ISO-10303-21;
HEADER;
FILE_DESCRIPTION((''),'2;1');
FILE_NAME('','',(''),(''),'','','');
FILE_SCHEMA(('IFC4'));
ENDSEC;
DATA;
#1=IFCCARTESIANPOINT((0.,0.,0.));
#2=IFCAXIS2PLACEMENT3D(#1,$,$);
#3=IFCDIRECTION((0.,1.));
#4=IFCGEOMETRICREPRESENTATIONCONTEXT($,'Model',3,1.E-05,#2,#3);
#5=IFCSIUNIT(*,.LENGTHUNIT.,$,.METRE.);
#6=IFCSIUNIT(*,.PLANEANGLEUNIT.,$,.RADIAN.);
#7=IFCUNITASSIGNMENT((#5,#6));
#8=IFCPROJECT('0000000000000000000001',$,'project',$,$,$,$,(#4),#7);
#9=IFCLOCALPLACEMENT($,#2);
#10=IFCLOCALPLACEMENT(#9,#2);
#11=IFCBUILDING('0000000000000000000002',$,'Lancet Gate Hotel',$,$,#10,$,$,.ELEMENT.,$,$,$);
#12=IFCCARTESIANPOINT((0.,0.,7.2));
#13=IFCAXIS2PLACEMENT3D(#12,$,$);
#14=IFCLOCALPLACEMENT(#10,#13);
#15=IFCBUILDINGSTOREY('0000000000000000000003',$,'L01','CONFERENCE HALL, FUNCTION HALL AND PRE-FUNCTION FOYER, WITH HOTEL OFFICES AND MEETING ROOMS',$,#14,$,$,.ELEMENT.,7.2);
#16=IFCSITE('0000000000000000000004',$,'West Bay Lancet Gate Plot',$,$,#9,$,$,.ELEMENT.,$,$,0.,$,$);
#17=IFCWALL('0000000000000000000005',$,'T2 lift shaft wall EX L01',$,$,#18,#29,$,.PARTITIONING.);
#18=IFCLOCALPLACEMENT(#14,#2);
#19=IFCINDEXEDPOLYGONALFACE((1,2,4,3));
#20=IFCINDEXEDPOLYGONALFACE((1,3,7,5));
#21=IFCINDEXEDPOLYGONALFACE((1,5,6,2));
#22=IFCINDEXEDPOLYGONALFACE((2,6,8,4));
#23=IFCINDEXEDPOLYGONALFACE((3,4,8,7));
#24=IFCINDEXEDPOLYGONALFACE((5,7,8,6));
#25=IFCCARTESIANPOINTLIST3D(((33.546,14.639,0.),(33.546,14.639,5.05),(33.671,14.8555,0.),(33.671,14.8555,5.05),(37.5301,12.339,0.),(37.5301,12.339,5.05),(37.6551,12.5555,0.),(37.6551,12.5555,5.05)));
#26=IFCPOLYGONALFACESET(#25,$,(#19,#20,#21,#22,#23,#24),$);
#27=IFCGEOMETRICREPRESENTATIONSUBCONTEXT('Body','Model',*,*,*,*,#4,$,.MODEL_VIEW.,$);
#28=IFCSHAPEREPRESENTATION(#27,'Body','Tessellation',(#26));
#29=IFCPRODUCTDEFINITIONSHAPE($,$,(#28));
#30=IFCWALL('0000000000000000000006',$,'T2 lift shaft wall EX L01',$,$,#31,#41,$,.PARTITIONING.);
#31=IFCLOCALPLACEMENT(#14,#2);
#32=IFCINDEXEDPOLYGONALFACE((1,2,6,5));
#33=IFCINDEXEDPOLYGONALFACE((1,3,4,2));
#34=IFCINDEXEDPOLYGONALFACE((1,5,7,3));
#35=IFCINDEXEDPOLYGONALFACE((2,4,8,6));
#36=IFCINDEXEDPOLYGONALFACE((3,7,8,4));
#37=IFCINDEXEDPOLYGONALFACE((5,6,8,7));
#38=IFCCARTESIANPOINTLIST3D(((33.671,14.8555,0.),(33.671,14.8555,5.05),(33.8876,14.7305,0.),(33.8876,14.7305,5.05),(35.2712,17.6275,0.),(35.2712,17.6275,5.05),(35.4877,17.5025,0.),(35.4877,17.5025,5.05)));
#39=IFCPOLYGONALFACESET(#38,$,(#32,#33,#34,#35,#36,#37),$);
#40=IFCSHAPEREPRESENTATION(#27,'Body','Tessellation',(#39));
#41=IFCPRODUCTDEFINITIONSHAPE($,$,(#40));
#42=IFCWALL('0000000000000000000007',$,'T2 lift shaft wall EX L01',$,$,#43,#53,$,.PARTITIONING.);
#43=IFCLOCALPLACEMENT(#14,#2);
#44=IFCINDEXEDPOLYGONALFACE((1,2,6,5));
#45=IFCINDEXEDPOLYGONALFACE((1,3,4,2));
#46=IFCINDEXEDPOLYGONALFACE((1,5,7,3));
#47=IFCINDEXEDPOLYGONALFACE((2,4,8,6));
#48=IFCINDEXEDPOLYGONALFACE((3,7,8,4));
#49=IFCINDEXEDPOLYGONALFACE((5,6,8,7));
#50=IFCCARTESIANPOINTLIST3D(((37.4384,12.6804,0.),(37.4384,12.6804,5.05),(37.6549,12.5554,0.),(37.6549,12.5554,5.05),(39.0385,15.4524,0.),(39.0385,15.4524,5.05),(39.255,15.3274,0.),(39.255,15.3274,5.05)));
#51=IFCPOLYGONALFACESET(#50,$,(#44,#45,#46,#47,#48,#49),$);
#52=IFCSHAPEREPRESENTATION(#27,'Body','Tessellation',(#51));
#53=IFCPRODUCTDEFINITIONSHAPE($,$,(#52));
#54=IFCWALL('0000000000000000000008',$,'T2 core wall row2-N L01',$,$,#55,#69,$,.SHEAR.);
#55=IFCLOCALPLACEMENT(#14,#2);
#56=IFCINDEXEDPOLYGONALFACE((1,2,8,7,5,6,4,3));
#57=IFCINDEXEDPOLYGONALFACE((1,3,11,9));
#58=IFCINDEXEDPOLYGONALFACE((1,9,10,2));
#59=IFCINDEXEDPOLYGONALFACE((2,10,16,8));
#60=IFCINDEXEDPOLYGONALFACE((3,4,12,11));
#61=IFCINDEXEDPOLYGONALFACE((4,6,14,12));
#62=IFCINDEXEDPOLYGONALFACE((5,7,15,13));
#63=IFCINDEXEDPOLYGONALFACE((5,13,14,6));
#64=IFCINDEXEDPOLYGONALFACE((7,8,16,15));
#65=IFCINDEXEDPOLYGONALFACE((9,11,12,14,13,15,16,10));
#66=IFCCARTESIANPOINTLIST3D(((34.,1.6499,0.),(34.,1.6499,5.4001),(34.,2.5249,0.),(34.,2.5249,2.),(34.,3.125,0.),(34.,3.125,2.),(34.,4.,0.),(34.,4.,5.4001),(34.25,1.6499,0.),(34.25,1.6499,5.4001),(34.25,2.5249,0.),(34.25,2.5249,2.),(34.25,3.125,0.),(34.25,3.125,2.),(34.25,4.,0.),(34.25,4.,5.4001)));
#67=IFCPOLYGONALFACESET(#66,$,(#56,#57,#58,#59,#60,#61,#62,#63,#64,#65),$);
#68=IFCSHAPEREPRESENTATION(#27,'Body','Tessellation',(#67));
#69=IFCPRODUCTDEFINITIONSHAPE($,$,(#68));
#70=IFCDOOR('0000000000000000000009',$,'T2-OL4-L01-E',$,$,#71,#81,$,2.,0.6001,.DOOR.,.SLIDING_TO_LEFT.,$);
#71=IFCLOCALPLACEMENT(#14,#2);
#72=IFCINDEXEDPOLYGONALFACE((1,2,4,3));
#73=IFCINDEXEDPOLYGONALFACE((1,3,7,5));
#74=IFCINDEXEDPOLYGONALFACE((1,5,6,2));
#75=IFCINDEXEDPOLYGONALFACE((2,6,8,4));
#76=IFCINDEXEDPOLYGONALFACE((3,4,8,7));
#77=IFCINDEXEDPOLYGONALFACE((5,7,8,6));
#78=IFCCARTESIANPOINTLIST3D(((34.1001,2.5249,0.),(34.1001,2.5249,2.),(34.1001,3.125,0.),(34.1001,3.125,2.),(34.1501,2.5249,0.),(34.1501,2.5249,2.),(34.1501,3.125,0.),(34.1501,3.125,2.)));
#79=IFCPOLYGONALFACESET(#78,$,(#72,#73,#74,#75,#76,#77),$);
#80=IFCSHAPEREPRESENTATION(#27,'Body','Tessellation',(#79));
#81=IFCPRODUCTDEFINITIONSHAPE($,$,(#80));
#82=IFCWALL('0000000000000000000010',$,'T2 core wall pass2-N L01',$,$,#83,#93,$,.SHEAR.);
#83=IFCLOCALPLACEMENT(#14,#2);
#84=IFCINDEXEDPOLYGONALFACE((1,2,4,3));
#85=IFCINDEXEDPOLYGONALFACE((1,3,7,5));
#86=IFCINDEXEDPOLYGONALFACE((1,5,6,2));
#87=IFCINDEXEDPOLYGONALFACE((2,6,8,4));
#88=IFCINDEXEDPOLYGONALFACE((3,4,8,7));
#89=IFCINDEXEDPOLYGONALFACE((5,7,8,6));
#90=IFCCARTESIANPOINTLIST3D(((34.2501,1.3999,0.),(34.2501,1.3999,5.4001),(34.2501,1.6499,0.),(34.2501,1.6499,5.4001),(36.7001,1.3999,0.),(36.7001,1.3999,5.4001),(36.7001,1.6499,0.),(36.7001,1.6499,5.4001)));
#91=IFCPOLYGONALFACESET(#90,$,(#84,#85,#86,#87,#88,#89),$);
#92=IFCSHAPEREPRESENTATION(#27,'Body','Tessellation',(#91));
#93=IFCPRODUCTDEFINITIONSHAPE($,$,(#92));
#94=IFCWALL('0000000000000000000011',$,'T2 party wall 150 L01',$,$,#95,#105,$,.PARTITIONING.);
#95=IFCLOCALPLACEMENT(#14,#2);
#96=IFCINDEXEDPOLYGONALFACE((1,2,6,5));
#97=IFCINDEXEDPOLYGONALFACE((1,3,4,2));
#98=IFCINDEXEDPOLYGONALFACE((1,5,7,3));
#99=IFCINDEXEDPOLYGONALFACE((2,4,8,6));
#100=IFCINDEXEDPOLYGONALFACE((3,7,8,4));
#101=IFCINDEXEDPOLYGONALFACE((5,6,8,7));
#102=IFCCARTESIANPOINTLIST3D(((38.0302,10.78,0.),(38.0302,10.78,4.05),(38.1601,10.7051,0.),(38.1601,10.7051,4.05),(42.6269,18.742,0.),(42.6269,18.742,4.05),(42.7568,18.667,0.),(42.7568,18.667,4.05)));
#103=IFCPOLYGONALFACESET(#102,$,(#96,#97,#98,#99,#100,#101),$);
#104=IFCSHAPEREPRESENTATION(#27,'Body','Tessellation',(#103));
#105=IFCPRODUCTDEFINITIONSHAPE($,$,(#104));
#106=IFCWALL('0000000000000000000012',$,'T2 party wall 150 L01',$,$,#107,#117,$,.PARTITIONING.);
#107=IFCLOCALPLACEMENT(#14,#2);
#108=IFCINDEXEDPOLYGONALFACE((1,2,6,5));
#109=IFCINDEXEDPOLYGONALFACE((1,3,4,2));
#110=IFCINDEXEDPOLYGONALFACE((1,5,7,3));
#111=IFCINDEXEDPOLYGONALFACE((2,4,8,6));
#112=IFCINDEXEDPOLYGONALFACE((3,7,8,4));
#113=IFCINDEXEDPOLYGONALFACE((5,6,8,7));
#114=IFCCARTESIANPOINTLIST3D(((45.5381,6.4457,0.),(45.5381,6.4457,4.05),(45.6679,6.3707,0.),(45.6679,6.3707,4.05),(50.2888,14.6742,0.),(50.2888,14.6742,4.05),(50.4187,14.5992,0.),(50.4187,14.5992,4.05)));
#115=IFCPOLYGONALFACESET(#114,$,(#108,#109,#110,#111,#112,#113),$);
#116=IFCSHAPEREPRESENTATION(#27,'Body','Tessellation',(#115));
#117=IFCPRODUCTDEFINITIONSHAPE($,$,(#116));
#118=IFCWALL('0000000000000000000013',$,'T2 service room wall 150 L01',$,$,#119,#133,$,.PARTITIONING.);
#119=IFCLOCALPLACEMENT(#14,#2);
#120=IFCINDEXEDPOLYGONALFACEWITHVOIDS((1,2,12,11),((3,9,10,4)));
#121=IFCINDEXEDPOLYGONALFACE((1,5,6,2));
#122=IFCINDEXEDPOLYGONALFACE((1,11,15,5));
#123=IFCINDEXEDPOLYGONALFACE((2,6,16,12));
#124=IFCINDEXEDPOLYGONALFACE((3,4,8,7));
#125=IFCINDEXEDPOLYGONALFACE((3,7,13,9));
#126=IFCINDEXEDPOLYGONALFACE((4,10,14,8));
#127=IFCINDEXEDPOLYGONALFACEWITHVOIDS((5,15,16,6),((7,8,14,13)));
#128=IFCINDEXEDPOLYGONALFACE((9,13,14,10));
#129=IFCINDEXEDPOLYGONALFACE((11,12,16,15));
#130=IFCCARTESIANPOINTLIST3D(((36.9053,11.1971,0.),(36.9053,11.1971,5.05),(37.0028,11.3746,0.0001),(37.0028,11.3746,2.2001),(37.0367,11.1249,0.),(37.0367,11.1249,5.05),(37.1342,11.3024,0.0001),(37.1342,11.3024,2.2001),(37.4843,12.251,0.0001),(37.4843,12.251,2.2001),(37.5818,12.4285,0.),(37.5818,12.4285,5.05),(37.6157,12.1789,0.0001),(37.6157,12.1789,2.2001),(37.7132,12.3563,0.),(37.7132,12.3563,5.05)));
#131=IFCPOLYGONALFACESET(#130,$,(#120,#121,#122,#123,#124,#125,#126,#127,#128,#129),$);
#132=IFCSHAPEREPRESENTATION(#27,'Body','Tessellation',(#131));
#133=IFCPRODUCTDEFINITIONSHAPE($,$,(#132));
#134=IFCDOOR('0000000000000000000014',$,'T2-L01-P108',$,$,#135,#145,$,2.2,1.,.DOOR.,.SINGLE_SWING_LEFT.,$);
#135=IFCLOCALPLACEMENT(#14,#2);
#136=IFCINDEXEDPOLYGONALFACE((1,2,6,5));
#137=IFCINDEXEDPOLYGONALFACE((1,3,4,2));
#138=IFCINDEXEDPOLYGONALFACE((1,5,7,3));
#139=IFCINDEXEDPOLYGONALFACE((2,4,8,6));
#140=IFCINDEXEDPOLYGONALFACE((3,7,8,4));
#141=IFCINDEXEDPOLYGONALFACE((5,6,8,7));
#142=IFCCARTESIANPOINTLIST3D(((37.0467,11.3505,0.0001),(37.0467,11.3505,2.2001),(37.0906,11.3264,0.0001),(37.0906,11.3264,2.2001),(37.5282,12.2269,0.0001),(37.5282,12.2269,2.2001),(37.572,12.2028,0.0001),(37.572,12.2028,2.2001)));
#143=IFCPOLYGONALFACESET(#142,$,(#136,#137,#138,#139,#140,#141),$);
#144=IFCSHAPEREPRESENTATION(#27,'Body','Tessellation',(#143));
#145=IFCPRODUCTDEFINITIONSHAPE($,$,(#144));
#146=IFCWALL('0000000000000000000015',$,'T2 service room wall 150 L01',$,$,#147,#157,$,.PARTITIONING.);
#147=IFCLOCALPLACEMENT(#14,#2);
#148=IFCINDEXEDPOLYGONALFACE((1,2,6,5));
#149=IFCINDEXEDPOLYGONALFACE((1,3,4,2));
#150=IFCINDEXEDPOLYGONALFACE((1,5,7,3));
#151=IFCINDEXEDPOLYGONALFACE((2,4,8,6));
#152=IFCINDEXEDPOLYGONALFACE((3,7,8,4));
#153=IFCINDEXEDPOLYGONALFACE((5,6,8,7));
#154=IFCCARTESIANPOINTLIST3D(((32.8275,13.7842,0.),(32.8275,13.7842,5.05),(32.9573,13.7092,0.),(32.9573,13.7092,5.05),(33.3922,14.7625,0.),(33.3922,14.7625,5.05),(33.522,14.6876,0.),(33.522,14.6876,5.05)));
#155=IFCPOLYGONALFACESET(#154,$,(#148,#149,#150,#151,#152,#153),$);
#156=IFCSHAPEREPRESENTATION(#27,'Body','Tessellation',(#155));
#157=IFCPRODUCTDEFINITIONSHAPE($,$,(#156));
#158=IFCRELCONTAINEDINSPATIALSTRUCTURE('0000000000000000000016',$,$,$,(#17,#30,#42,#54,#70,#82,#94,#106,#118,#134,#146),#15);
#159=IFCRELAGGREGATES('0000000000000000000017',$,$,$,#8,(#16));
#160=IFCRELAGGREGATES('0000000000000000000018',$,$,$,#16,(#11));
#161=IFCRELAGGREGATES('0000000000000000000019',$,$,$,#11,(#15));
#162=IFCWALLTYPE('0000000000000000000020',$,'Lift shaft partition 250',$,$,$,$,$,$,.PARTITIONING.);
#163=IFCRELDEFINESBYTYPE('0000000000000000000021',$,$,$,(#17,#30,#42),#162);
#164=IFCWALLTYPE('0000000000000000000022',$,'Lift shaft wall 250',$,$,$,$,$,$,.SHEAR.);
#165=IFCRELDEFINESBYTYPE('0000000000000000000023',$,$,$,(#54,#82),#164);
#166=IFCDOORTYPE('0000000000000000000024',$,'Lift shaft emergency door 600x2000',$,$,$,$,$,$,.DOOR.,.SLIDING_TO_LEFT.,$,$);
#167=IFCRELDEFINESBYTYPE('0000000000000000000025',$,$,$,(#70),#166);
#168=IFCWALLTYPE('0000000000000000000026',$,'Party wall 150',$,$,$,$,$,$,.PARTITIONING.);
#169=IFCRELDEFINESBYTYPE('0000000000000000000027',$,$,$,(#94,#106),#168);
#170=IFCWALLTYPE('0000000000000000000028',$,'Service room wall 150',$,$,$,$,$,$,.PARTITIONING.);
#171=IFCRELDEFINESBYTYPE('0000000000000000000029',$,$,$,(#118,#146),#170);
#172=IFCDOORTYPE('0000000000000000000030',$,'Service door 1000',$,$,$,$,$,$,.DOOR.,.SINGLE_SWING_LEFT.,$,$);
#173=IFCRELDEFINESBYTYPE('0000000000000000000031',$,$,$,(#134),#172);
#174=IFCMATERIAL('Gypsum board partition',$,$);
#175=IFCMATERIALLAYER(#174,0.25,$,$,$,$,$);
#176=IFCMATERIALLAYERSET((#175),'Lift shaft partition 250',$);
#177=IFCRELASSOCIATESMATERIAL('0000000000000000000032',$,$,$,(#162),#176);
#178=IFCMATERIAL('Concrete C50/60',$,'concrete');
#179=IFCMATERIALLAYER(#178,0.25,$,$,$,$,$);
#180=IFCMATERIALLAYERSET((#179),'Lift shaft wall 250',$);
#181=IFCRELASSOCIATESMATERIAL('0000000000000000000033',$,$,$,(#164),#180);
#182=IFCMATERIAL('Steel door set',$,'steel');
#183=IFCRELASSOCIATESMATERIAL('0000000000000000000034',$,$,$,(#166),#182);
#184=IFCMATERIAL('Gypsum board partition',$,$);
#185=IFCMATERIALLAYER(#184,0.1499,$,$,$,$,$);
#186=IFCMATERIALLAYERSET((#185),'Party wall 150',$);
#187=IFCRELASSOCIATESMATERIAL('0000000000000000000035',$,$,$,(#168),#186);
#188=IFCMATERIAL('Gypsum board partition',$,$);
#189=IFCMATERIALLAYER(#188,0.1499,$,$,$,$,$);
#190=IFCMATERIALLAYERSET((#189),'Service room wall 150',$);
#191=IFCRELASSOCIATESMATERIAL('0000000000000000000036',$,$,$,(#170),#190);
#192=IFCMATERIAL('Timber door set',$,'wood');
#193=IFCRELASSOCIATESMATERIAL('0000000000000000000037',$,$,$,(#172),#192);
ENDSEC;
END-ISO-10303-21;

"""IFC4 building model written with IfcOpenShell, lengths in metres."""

from ifc_helpers import new_model, si_unit, direction, frame, frame_2d, origin, place, context, subcontext, project, spatial, rectangle, extrude, material, layer, layer_set, type_object, element, fill, save


model = new_model("IFC4")

# Units and contexts
model_context = context("Model", 3, precision=1e-05, world=origin(), true_north=direction((0.0, 1.0)))
body_context = subcontext(model_context, "Body", "Model", "MODEL_VIEW")
ifc_project = project(units=[si_unit("LENGTHUNIT", "METRE"), si_unit("PLANEANGLEUNIT", "RADIAN")], contexts=[model_context])

# Site, building, storey
site_placement = place(None, origin())
site = spatial("IfcSite", under=ifc_project, at=site_placement, Name="West Bay Lancet Gate Plot", CompositionType="ELEMENT", RefElevation=0.0)
building_placement = place(site_placement, origin())
building = spatial("IfcBuilding", under=site, at=building_placement, Name="Lancet Gate Hotel", CompositionType="ELEMENT")
storey_placement = place(building_placement, frame((0.0, 0.0, 7.2)))
storey = spatial("IfcBuildingStorey", under=building, at=storey_placement, Name="L01", Description="CONFERENCE HALL, FUNCTION HALL AND PRE-FUNCTION FOYER, WITH HOTEL OFFICES AND MEETING ROOMS", CompositionType="ELEMENT", Elevation=7.2)

# Walls
ifc_material_1 = material(Name="Gypsum board partition")
ifc_layer_1 = layer(ifc_material_1, 0.25)
ifc_layer_set_1 = layer_set([ifc_layer_1], Name="Lift shaft partition 250")
wall_type_1 = type_object("IfcWallType", Name="Lift shaft partition 250", PredefinedType="PARTITIONING", material=ifc_layer_set_1)
wall_1_placement = place(storey_placement, frame((33.6084, 14.7473, 0.0), z_axis=(0.0, 0.0, 1.0), x_axis=(0.866043, -0.499969, 0.0)))
element("IfcWall", 1, at=wall_1_placement, inside=storey, type_object=wall_type_1, Name="T2 lift shaft wall EX L01", PredefinedType="PARTITIONING", context=body_context, shape_type="SweptSolid", body=[
    extrude(rectangle(XDim=4.6003, YDim=0.25, at=frame_2d((2.3003, 0.0))), origin(), (0.0, 0.0, 1.0), 5.05),
])
for number, where, z_axis, x_axis, name in (
    (2, (33.7793, 14.793, 0.0), (0.0, 0.0, 1.0), (0.499929, 0.866066, 0.0), "T2 lift shaft wall EX L01"),
    (3, (37.5466, 12.6179, 0.0), (0.0, 0.0, 1.0), (0.499929, 0.866066, 0.0), "T2 lift shaft wall EX L01"),
):
    element("IfcWall", number, at=place(storey_placement, frame(where, z_axis=z_axis, x_axis=x_axis)), inside=storey, type_object=wall_type_1, Name=name, PredefinedType="PARTITIONING", context=body_context, shape_type="SweptSolid", body=[
        extrude(rectangle(XDim=3.2007, YDim=0.25, at=frame_2d((1.6003, 0.0))), origin(), (0.0, 0.0, 1.0), 5.05),
    ])

# Wall, opening, door
ifc_material_2 = material(Name="Concrete C50/60", Category="concrete")
ifc_layer_2 = layer(ifc_material_2, 0.25)
ifc_layer_set_2 = layer_set([ifc_layer_2], Name="Lift shaft wall 250")
wall_type_2 = type_object("IfcWallType", Name="Lift shaft wall 250", PredefinedType="SHEAR", material=ifc_layer_set_2)
wall_2_placement = place(storey_placement, frame((34.125, 1.6499, 0.0), z_axis=(0.0, 0.0, 1.0), x_axis=(0.0, 1.0, 0.0)))
wall_2 = element("IfcWall", 4, at=wall_2_placement, inside=storey, type_object=wall_type_2, Name="T2 core wall row2-N L01", PredefinedType="SHEAR", context=body_context, shape_type="SweptSolid", body=[
    extrude(rectangle(XDim=2.3501, YDim=0.25, at=frame_2d((1.175, 0.0))), origin(), (0.0, 0.0, 1.0), 5.4001),
])
opening_1_placement = place(wall_2_placement, frame((0.875, 0.0, 0.0)))
opening_1 = element("IfcOpeningElement", 5, at=opening_1_placement, cuts=wall_2, PredefinedType="OPENING", context=body_context, shape_type="SweptSolid", body=[
    extrude(rectangle(XDim=0.6001, YDim=2.0, at=frame_2d((0.3, 1.0))), frame((0.0, 0.135, 0.0), z_axis=(0.0, -1.0, 0.0), x_axis=(1.0, 0.0, 0.0)), (0.0, 0.0, 1.0), 0.27),
])
ifc_material_3 = material(Name="Steel door set", Category="steel")
door_type_1 = type_object("IfcDoorType", Name="Lift shaft emergency door 600x2000", OperationType="SLIDING_TO_LEFT", PredefinedType="DOOR", material=ifc_material_3)
door_1_placement = place(opening_1_placement, origin())
door_1 = element("IfcDoor", 6, at=door_1_placement, inside=storey, type_object=door_type_1, Name="T2-OL4-L01-E", OperationType="SLIDING_TO_LEFT", OverallHeight=2.0, OverallWidth=0.6001, PredefinedType="DOOR", context=body_context, shape_type="SweptSolid", body=[
    extrude(rectangle(XDim=0.6001, YDim=2.0, at=frame_2d((0.3, 1.0))), frame((0.0, 0.0249, 0.0), z_axis=(0.0, -1.0, 0.0), x_axis=(1.0, 0.0, 0.0)), (0.0, 0.0, 1.0), 0.05),
])
fill(opening_1, door_1)

# Walls
wall_3_placement = place(storey_placement, frame((34.25, 1.5249, 0.0), z_axis=(0.0, 0.0, 1.0), x_axis=(1.0, 0.0, 0.0)))
element("IfcWall", 7, at=wall_3_placement, inside=storey, type_object=wall_type_2, Name="T2 core wall pass2-N L01", PredefinedType="SHEAR", context=body_context, shape_type="SweptSolid", body=[
    extrude(rectangle(XDim=2.45, YDim=0.25, at=frame_2d((1.2251, 0.0))), origin(), (0.0, 0.0, 1.0), 5.4001),
])
ifc_material_4 = material(Name="Gypsum board partition")
ifc_layer_3 = layer(ifc_material_4, 0.1499)
ifc_layer_set_3 = layer_set([ifc_layer_3], Name="Party wall 150")
wall_type_3 = type_object("IfcWallType", Name="Party wall 150", PredefinedType="PARTITIONING", material=ifc_layer_set_3)
wall_4_placement = place(storey_placement, frame((38.0952, 10.7427, 0.0), z_axis=(0.0, 0.0, 1.0), x_axis=(0.499989, 0.866032, 0.0)))
element("IfcWall", 8, at=wall_4_placement, inside=storey, type_object=wall_type_3, Name="T2 party wall 150 L01", PredefinedType="PARTITIONING", context=body_context, shape_type="SweptSolid", body=[
    extrude(rectangle(XDim=9.1936, YDim=0.1499, at=frame_2d((4.5967, 0.0))), origin(), (0.0, 0.0, 1.0), 4.05),
])
wall_5_placement = place(storey_placement, frame((45.603, 6.4082, 0.0), z_axis=(0.0, 0.0, 1.0), x_axis=(0.5, 0.866026, 0.0)))
element("IfcWall", 9, at=wall_5_placement, inside=storey, type_object=wall_type_3, Name="T2 party wall 150 L01", PredefinedType="PARTITIONING", context=body_context, shape_type="SweptSolid", body=[
    extrude(rectangle(XDim=9.5015, YDim=0.1499, at=frame_2d((4.7507, 0.0))), origin(), (0.0, 0.0, 1.0), 4.05),
])

# Wall, opening, door
ifc_material_5 = material(Name="Gypsum board partition")
ifc_layer_4 = layer(ifc_material_5, 0.1499)
ifc_layer_set_4 = layer_set([ifc_layer_4], Name="Service room wall 150")
wall_type_4 = type_object("IfcWallType", Name="Service room wall 150", PredefinedType="PARTITIONING", material=ifc_layer_set_4)
wall_6_placement = place(storey_placement, frame((36.9709, 11.1609, 0.0), z_axis=(0.0, 0.0, 1.0), x_axis=(0.481492, 0.876451, 0.0)))
wall_6 = element("IfcWall", 10, at=wall_6_placement, inside=storey, type_object=wall_type_4, Name="T2 service room wall 150 L01", PredefinedType="PARTITIONING", context=body_context, shape_type="SweptSolid", body=[
    extrude(rectangle(XDim=1.405, YDim=0.1499, at=frame_2d((0.7026, 0.0))), origin(), (0.0, 0.0, 1.0), 5.05),
])
opening_2_placement = place(wall_6_placement, frame((0.2026, 0.0, 0.0)))
opening_2 = element("IfcOpeningElement", 11, at=opening_2_placement, cuts=wall_6, PredefinedType="OPENING", context=body_context, shape_type="SweptSolid", body=[
    extrude(rectangle(XDim=1.0, YDim=2.2, at=frame_2d((0.5, 1.1001))), frame((0.0, 0.085, 0.0), z_axis=(0.0, -1.0, 0.0), x_axis=(1.0, 0.0, 0.0)), (0.0, 0.0, 1.0), 0.1699),
])
ifc_material_6 = material(Name="Timber door set", Category="wood")
door_type_2 = type_object("IfcDoorType", Name="Service door 1000", OperationType="SINGLE_SWING_LEFT", PredefinedType="DOOR", material=ifc_material_6)
door_2_placement = place(opening_2_placement, origin())
door_2 = element("IfcDoor", 12, at=door_2_placement, inside=storey, type_object=door_type_2, Name="T2-L01-P108", OperationType="SINGLE_SWING_LEFT", OverallHeight=2.2, OverallWidth=1.0, PredefinedType="DOOR", context=body_context, shape_type="SweptSolid", body=[
    extrude(rectangle(XDim=1.0, YDim=2.2, at=frame_2d((0.5, 1.1001))), frame((0.0, 0.0249, 0.0), z_axis=(0.0, -1.0, 0.0), x_axis=(1.0, 0.0, 0.0)), (0.0, 0.0, 1.0), 0.05),
])
fill(opening_2, door_2)

# Wall
wall_7_placement = place(storey_placement, frame((32.8923, 13.7466, 0.0), z_axis=(0.0, 0.0, 1.0), x_axis=(0.499928, 0.866067, 0.0)))
element("IfcWall", 13, at=wall_7_placement, inside=storey, type_object=wall_type_4, Name="T2 service room wall 150 L01", PredefinedType="PARTITIONING", context=body_context, shape_type="SweptSolid", body=[
    extrude(rectangle(XDim=1.1296, YDim=0.1499, at=frame_2d((0.5649, 0.0))), origin(), (0.0, 0.0, 1.0), 5.05),
])

save(model, "model.ifc")
